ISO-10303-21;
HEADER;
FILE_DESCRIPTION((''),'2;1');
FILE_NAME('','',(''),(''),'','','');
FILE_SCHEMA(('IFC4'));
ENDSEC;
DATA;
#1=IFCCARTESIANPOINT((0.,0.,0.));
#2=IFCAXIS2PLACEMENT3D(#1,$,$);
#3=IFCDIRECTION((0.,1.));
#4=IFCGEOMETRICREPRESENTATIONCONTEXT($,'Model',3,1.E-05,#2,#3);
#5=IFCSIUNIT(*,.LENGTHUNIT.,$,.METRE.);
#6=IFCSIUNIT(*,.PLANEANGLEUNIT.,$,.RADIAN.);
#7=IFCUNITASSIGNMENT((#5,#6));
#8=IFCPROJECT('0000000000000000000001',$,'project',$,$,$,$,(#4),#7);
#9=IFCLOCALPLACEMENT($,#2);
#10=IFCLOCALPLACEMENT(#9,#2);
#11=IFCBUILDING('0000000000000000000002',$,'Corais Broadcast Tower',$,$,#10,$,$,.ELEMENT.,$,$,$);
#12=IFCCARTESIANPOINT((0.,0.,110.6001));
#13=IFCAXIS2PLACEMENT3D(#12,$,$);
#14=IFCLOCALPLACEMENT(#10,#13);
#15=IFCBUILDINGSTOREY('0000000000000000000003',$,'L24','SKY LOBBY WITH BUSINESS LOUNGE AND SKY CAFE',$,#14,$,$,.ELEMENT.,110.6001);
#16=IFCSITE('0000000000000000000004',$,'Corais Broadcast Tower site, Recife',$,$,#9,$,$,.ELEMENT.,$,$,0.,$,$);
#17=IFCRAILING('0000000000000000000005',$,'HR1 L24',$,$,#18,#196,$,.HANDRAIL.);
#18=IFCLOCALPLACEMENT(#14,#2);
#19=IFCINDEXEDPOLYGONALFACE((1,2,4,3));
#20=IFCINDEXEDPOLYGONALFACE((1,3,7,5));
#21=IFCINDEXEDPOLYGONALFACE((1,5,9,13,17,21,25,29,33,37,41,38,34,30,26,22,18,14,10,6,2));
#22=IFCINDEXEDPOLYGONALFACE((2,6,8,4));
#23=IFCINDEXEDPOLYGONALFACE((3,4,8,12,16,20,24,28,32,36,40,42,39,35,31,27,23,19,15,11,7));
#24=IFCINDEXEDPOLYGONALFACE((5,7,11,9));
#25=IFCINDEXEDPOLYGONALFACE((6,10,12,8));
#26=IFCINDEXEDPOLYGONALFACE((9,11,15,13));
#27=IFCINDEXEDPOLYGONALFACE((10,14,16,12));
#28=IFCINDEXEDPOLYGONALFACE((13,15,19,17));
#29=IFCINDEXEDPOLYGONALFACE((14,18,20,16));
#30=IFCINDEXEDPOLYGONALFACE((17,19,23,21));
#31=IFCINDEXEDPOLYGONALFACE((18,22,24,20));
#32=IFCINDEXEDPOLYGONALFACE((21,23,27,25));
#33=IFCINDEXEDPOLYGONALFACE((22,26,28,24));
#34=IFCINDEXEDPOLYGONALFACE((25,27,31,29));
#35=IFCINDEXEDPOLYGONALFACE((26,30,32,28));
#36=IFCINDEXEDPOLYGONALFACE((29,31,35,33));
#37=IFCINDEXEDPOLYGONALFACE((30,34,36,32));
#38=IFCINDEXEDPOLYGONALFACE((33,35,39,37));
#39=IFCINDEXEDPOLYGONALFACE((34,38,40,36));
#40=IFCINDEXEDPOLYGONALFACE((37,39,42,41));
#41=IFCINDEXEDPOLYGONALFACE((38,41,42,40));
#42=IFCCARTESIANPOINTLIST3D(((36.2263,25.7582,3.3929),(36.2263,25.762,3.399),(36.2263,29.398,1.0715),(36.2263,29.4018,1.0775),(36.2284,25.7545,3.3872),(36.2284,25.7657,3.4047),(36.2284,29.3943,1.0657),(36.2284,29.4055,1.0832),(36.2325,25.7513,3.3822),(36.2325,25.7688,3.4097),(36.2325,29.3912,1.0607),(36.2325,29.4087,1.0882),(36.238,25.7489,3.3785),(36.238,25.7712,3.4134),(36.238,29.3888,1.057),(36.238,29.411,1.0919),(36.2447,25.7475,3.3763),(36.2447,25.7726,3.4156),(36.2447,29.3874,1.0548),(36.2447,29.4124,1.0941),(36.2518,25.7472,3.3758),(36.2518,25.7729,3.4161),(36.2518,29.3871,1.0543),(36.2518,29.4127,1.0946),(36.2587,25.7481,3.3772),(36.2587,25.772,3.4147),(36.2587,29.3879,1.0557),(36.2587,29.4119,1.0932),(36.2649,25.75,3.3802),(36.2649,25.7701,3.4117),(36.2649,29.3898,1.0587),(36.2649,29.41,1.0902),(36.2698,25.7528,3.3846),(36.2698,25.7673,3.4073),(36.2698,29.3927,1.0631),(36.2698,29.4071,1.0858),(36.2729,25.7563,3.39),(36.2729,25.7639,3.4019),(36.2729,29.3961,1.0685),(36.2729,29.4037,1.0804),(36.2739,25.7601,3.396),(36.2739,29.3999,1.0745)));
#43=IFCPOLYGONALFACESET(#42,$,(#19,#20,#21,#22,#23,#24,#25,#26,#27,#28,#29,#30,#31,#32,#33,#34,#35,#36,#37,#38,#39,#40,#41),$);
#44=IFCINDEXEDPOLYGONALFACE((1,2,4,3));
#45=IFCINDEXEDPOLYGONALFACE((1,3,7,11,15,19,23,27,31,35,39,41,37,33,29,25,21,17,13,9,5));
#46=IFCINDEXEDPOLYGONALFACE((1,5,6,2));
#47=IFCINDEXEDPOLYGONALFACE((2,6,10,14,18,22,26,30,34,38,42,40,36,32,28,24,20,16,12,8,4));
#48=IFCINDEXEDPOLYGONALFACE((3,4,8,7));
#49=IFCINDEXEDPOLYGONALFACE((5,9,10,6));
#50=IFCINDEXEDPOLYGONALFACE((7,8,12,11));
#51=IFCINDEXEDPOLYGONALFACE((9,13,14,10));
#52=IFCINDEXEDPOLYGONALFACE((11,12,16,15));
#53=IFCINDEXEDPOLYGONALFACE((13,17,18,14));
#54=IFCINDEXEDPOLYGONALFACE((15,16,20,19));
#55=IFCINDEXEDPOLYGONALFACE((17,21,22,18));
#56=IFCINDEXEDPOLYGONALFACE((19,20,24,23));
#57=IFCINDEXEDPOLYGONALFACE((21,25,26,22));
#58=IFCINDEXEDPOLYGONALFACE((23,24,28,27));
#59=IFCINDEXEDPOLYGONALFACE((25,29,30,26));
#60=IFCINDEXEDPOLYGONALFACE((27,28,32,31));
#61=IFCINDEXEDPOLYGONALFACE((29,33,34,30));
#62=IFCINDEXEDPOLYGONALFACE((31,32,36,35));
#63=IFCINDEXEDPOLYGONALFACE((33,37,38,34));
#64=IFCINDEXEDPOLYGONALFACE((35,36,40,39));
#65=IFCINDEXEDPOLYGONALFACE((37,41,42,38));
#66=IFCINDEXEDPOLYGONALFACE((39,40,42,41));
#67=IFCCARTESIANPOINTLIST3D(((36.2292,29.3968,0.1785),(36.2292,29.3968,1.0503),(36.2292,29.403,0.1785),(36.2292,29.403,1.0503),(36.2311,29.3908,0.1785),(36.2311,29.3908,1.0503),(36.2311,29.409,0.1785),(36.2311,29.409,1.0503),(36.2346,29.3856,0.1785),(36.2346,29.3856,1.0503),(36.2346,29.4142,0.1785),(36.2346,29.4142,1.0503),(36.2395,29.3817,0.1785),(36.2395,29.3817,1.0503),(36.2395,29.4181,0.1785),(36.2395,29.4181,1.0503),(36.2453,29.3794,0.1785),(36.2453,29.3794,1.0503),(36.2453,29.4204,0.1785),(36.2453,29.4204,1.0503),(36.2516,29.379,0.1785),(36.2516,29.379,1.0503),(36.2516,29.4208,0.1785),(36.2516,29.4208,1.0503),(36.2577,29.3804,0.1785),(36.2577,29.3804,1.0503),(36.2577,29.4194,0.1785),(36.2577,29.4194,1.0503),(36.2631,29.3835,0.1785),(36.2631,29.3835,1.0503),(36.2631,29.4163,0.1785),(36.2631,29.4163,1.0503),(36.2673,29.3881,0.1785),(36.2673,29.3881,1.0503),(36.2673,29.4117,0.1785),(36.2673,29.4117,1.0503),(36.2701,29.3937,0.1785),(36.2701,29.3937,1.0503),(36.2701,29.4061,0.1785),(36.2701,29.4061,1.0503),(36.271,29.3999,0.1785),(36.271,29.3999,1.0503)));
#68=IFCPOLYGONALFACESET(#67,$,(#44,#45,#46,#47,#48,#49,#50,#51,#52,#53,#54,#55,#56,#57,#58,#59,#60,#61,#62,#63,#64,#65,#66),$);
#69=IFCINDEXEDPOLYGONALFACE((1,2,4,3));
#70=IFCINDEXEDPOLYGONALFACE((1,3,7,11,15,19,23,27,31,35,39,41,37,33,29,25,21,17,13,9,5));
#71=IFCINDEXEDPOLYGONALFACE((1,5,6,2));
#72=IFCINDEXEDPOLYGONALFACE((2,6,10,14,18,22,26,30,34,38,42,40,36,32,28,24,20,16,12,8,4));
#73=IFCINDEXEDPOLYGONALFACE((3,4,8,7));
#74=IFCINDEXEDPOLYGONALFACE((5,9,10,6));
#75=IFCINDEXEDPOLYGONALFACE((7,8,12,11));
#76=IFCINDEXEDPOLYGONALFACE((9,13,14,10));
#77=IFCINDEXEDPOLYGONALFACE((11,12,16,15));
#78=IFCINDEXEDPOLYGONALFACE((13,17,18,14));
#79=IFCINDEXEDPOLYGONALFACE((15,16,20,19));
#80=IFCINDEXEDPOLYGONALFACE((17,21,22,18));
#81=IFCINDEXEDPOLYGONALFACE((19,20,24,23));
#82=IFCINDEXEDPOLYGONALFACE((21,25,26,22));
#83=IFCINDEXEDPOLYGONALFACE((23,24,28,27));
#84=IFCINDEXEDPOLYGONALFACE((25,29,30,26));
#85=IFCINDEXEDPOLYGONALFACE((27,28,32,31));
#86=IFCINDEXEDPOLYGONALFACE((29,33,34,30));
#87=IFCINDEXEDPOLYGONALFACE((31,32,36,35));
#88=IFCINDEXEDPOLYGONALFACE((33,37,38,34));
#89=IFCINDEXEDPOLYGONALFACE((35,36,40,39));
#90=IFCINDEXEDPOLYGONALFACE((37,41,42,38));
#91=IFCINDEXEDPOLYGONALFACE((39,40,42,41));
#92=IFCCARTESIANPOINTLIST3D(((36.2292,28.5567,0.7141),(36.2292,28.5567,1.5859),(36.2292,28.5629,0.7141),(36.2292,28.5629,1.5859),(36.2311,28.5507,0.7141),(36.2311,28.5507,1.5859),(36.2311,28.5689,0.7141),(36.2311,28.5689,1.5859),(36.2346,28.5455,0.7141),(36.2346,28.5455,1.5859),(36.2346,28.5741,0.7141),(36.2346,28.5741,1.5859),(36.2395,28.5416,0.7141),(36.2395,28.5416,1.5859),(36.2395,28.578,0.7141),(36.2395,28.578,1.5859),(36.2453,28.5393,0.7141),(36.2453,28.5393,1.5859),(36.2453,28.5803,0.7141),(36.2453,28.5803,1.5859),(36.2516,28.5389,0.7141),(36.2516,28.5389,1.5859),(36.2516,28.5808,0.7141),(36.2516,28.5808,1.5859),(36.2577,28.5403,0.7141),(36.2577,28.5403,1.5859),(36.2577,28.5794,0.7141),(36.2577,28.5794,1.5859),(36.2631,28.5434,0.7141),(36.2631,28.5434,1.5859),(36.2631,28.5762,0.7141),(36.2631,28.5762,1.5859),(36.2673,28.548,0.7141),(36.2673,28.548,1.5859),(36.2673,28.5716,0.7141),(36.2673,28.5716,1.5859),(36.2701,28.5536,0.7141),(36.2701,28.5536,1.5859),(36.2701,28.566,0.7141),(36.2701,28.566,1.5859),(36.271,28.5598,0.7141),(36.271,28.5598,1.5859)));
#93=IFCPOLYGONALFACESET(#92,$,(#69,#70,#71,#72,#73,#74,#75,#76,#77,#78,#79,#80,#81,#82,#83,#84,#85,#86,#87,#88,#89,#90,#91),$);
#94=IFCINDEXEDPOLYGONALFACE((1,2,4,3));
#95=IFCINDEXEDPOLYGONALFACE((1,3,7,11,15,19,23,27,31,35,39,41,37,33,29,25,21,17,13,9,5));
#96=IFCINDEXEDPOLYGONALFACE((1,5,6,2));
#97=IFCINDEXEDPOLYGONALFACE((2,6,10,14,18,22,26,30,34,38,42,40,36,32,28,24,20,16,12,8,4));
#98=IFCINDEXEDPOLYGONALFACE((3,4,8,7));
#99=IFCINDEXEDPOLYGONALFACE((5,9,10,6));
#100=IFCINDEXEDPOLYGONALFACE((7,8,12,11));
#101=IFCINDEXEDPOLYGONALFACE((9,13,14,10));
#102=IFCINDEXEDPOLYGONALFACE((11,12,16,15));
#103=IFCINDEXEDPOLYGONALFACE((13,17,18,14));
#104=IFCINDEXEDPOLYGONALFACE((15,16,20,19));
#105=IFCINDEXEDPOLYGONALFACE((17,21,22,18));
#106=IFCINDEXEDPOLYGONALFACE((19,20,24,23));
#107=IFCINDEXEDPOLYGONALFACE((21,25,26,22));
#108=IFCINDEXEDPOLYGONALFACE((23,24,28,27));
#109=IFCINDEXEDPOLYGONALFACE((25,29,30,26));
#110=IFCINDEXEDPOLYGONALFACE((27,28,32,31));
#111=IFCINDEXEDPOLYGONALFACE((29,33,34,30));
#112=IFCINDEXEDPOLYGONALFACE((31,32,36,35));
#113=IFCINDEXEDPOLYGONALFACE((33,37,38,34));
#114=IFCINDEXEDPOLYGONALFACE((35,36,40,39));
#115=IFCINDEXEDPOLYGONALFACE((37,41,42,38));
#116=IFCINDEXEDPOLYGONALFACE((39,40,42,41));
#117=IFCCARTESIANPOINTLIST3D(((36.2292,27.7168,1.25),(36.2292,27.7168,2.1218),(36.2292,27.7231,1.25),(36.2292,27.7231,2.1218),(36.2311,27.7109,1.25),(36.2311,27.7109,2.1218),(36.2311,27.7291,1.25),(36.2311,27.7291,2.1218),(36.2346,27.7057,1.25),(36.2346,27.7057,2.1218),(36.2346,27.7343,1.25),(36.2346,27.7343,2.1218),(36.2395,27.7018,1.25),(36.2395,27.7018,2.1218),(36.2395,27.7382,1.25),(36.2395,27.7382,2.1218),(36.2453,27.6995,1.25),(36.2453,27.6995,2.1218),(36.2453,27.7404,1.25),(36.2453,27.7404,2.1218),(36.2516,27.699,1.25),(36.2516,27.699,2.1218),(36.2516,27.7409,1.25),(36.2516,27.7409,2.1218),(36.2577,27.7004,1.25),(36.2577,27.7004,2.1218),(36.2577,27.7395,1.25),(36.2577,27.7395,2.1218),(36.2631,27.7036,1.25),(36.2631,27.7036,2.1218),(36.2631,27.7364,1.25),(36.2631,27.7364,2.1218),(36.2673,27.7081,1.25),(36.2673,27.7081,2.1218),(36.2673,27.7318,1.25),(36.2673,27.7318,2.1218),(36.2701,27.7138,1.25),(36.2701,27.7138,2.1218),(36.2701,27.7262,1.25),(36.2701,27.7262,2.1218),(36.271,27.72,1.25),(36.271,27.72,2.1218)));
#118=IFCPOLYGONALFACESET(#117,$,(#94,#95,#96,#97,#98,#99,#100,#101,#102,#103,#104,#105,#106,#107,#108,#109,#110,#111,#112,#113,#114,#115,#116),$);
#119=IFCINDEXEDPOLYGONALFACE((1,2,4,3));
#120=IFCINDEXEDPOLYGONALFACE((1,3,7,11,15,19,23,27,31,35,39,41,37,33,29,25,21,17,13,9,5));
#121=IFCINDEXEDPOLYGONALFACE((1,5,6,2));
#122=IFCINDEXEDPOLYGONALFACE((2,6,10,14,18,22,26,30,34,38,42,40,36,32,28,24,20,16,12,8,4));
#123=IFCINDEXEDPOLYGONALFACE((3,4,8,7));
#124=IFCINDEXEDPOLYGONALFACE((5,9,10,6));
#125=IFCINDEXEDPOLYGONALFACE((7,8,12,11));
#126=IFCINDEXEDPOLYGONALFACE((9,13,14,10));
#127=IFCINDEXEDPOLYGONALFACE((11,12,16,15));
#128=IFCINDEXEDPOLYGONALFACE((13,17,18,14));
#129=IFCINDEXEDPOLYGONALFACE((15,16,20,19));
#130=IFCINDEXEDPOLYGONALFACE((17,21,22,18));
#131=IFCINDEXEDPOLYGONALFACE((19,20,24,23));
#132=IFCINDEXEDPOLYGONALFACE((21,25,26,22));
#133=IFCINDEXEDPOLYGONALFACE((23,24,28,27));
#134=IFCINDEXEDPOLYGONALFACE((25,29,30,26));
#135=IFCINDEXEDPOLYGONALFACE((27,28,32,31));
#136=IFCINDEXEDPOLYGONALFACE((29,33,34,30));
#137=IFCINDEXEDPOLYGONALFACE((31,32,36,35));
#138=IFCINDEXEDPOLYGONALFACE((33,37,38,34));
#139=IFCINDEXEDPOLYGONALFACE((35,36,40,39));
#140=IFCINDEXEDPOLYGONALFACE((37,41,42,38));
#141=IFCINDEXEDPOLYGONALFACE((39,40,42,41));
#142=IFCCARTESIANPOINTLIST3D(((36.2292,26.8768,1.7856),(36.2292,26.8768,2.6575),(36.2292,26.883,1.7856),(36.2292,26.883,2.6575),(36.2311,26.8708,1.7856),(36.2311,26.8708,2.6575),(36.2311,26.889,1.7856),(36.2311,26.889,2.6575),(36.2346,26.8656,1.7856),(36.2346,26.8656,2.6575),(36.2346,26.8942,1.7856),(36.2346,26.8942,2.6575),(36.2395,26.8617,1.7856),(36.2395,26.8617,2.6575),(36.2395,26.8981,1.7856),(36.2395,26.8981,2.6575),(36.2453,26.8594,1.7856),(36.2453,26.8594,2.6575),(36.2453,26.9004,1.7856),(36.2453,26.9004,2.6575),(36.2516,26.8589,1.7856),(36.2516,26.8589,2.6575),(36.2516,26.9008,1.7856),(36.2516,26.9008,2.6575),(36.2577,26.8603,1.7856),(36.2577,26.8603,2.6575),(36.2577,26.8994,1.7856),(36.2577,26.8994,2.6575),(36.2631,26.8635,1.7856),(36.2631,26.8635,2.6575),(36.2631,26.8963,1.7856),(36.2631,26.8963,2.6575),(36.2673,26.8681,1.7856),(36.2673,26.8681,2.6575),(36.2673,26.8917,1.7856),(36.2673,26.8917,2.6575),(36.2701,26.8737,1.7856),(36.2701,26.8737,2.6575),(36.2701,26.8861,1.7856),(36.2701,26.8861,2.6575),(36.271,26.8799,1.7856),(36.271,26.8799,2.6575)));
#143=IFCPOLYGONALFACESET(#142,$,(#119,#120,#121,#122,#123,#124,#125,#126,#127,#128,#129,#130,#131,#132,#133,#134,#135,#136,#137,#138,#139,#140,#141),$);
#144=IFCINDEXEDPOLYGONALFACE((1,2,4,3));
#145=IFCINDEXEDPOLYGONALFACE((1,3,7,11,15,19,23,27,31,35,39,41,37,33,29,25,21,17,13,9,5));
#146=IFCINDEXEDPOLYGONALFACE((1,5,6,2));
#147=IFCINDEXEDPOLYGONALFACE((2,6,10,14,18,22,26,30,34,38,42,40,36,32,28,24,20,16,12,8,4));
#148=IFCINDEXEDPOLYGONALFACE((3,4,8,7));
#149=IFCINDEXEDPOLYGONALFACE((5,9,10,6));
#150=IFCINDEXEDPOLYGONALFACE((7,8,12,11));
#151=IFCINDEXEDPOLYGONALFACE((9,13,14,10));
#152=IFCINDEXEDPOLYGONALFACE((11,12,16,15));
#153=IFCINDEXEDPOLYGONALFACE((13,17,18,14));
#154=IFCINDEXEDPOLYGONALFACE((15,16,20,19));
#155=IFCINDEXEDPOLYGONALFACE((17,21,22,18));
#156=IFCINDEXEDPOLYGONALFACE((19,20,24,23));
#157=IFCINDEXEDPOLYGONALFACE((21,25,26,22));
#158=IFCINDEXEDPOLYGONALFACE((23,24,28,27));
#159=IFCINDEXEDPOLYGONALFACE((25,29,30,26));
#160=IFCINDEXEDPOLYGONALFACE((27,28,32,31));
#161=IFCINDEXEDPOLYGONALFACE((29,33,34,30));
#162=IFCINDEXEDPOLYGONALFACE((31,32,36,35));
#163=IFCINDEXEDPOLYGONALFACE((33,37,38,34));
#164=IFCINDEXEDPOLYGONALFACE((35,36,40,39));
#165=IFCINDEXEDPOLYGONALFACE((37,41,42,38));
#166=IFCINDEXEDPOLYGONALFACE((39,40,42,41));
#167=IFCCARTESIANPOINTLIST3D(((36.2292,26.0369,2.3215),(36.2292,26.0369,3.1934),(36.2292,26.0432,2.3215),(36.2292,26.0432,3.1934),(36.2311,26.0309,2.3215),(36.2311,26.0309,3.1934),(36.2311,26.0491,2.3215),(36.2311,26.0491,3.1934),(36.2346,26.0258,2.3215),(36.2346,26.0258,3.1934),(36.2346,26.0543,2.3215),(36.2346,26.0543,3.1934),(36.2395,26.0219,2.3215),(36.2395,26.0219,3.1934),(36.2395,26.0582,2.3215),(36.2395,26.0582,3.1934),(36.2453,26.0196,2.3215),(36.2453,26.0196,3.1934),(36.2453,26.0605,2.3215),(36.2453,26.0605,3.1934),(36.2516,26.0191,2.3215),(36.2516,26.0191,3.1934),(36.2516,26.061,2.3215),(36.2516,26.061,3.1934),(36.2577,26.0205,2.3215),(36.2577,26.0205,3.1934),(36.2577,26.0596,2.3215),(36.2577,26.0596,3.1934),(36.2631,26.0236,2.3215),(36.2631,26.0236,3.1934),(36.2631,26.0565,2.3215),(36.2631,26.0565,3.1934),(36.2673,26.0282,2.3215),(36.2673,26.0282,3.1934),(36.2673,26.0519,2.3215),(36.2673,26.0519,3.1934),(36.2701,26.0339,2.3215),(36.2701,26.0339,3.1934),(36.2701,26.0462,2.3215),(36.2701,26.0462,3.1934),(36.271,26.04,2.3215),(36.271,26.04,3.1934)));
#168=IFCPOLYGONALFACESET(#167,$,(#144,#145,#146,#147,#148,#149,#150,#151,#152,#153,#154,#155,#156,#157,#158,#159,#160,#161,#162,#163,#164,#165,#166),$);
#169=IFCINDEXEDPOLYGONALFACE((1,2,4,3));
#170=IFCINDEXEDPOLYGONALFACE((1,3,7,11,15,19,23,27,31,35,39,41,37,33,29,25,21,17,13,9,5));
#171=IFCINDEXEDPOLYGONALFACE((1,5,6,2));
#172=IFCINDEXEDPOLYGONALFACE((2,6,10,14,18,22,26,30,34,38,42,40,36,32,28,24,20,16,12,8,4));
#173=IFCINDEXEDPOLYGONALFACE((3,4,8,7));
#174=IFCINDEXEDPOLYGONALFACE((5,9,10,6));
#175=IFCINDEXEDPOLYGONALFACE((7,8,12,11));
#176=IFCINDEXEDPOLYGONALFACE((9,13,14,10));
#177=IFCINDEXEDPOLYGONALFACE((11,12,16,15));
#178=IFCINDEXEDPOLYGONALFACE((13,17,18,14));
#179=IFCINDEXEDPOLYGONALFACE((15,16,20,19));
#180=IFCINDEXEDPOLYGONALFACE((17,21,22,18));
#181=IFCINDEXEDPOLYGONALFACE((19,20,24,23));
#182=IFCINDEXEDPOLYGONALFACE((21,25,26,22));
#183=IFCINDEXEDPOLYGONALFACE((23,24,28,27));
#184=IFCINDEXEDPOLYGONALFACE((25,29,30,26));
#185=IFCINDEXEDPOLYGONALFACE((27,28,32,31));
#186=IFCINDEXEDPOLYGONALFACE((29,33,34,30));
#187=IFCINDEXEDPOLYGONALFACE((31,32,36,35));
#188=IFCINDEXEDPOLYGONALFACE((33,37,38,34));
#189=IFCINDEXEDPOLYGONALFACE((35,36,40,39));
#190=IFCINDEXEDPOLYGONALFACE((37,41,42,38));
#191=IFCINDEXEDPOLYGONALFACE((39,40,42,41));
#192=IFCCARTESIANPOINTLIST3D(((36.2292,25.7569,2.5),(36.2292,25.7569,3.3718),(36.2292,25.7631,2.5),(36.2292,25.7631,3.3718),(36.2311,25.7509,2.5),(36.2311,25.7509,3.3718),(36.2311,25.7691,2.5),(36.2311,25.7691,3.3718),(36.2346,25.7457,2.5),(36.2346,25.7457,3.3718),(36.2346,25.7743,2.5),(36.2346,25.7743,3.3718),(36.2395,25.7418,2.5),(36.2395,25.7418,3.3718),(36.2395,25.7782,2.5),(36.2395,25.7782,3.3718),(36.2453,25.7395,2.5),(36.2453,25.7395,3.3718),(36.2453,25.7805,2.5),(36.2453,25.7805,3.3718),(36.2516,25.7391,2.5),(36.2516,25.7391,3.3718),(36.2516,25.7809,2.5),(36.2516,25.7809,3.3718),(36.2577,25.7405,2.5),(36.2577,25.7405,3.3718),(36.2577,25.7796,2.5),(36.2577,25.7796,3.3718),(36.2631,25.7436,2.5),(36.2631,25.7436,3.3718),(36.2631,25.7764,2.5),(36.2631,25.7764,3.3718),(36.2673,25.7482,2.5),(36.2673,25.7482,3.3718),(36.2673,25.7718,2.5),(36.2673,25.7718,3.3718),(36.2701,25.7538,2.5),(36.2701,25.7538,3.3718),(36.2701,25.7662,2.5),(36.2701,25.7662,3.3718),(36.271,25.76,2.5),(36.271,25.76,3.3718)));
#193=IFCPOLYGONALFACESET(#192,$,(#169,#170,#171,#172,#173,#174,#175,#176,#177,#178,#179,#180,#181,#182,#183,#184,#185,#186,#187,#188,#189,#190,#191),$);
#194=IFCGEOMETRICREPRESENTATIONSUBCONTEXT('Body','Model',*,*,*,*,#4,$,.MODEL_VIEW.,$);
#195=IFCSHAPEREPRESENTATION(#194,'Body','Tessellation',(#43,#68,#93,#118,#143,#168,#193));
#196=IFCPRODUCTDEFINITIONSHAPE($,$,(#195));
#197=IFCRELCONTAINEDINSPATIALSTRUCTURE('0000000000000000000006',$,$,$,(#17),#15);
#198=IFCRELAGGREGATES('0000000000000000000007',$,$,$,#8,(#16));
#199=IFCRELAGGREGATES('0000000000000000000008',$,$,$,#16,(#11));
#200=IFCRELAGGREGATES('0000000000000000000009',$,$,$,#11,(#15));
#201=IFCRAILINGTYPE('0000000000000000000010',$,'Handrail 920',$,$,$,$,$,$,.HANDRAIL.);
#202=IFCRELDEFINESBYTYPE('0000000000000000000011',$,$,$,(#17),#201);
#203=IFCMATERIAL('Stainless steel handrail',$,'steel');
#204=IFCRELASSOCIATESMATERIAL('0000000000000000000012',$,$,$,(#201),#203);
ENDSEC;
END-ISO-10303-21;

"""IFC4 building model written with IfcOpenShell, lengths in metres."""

from ifc_helpers import new_model, si_unit, direction, frame, origin, origin_2d, place, context, subcontext, project, spatial, circle, extrude, material, type_object, element, save


model = new_model("IFC4")

# Units and contexts
model_context = context("Model", 3, precision=1e-05, world=origin(), true_north=direction((0.0, 1.0)))
body_context = subcontext(model_context, "Body", "Model", "MODEL_VIEW")
ifc_project = project(units=[si_unit("LENGTHUNIT", "METRE"), si_unit("PLANEANGLEUNIT", "RADIAN")], contexts=[model_context])

# Site, building, storey
site_placement = place(None, origin())
site = spatial("IfcSite", under=ifc_project, at=site_placement, Name="Corais Broadcast Tower site, Recife", CompositionType="ELEMENT", RefElevation=0.0)
building_placement = place(site_placement, origin())
building = spatial("IfcBuilding", under=site, at=building_placement, Name="Corais Broadcast Tower", CompositionType="ELEMENT")
storey_placement = place(building_placement, frame((0.0, 0.0, 110.6001)))
storey = spatial("IfcBuildingStorey", under=building, at=storey_placement, Name="L24", Description="SKY LOBBY WITH BUSINESS LOUNGE AND SKY CAFE", CompositionType="ELEMENT", Elevation=110.6001)

# Railing
ifc_material_1 = material(Name="Stainless steel handrail", Category="steel")
railing_type = type_object("IfcRailingType", Name="Handrail 920", PredefinedType="HANDRAIL", material=ifc_material_1)
for number, where, name in (
    (1, (36.25, 29.3999, 0.1785), "HR1 L24"),
):
    element("IfcRailing", number, at=place(storey_placement, frame(where)), inside=storey, type_object=railing_type, Name=name, PredefinedType="HANDRAIL", context=body_context, shape_type="SweptSolid", body=[
        extrude(circle(Radius=0.0239, at=origin_2d()), frame((0.0, 0.0, 0.896), z_axis=(0.0, -0.843112, 0.537739), x_axis=(1.0, 0.0, 0.0)), (0.0, 0.0, 1.0), 4.3171),
        extrude(circle(Radius=0.021, at=origin_2d()), origin(), (0.0, 0.0, 1.0), 0.8718),
        extrude(circle(Radius=0.021, at=origin_2d()), frame((0.0, -0.8401, 0.5356)), (0.0, 0.0, 1.0), 0.8718),
        extrude(circle(Radius=0.021, at=origin_2d()), frame((0.0, -1.6799, 1.0715)), (0.0, 0.0, 1.0), 0.8718),
        extrude(circle(Radius=0.021, at=origin_2d()), frame((0.0, -2.52, 1.6072)), (0.0, 0.0, 1.0), 0.8718),
        extrude(circle(Radius=0.021, at=origin_2d()), frame((0.0, -3.3599, 2.1431)), (0.0, 0.0, 1.0), 0.8718),
        extrude(circle(Radius=0.021, at=origin_2d()), frame((0.0, -3.6399, 2.3215)), (0.0, 0.0, 1.0), 0.8718),
    ])

save(model, "model.ifc")
